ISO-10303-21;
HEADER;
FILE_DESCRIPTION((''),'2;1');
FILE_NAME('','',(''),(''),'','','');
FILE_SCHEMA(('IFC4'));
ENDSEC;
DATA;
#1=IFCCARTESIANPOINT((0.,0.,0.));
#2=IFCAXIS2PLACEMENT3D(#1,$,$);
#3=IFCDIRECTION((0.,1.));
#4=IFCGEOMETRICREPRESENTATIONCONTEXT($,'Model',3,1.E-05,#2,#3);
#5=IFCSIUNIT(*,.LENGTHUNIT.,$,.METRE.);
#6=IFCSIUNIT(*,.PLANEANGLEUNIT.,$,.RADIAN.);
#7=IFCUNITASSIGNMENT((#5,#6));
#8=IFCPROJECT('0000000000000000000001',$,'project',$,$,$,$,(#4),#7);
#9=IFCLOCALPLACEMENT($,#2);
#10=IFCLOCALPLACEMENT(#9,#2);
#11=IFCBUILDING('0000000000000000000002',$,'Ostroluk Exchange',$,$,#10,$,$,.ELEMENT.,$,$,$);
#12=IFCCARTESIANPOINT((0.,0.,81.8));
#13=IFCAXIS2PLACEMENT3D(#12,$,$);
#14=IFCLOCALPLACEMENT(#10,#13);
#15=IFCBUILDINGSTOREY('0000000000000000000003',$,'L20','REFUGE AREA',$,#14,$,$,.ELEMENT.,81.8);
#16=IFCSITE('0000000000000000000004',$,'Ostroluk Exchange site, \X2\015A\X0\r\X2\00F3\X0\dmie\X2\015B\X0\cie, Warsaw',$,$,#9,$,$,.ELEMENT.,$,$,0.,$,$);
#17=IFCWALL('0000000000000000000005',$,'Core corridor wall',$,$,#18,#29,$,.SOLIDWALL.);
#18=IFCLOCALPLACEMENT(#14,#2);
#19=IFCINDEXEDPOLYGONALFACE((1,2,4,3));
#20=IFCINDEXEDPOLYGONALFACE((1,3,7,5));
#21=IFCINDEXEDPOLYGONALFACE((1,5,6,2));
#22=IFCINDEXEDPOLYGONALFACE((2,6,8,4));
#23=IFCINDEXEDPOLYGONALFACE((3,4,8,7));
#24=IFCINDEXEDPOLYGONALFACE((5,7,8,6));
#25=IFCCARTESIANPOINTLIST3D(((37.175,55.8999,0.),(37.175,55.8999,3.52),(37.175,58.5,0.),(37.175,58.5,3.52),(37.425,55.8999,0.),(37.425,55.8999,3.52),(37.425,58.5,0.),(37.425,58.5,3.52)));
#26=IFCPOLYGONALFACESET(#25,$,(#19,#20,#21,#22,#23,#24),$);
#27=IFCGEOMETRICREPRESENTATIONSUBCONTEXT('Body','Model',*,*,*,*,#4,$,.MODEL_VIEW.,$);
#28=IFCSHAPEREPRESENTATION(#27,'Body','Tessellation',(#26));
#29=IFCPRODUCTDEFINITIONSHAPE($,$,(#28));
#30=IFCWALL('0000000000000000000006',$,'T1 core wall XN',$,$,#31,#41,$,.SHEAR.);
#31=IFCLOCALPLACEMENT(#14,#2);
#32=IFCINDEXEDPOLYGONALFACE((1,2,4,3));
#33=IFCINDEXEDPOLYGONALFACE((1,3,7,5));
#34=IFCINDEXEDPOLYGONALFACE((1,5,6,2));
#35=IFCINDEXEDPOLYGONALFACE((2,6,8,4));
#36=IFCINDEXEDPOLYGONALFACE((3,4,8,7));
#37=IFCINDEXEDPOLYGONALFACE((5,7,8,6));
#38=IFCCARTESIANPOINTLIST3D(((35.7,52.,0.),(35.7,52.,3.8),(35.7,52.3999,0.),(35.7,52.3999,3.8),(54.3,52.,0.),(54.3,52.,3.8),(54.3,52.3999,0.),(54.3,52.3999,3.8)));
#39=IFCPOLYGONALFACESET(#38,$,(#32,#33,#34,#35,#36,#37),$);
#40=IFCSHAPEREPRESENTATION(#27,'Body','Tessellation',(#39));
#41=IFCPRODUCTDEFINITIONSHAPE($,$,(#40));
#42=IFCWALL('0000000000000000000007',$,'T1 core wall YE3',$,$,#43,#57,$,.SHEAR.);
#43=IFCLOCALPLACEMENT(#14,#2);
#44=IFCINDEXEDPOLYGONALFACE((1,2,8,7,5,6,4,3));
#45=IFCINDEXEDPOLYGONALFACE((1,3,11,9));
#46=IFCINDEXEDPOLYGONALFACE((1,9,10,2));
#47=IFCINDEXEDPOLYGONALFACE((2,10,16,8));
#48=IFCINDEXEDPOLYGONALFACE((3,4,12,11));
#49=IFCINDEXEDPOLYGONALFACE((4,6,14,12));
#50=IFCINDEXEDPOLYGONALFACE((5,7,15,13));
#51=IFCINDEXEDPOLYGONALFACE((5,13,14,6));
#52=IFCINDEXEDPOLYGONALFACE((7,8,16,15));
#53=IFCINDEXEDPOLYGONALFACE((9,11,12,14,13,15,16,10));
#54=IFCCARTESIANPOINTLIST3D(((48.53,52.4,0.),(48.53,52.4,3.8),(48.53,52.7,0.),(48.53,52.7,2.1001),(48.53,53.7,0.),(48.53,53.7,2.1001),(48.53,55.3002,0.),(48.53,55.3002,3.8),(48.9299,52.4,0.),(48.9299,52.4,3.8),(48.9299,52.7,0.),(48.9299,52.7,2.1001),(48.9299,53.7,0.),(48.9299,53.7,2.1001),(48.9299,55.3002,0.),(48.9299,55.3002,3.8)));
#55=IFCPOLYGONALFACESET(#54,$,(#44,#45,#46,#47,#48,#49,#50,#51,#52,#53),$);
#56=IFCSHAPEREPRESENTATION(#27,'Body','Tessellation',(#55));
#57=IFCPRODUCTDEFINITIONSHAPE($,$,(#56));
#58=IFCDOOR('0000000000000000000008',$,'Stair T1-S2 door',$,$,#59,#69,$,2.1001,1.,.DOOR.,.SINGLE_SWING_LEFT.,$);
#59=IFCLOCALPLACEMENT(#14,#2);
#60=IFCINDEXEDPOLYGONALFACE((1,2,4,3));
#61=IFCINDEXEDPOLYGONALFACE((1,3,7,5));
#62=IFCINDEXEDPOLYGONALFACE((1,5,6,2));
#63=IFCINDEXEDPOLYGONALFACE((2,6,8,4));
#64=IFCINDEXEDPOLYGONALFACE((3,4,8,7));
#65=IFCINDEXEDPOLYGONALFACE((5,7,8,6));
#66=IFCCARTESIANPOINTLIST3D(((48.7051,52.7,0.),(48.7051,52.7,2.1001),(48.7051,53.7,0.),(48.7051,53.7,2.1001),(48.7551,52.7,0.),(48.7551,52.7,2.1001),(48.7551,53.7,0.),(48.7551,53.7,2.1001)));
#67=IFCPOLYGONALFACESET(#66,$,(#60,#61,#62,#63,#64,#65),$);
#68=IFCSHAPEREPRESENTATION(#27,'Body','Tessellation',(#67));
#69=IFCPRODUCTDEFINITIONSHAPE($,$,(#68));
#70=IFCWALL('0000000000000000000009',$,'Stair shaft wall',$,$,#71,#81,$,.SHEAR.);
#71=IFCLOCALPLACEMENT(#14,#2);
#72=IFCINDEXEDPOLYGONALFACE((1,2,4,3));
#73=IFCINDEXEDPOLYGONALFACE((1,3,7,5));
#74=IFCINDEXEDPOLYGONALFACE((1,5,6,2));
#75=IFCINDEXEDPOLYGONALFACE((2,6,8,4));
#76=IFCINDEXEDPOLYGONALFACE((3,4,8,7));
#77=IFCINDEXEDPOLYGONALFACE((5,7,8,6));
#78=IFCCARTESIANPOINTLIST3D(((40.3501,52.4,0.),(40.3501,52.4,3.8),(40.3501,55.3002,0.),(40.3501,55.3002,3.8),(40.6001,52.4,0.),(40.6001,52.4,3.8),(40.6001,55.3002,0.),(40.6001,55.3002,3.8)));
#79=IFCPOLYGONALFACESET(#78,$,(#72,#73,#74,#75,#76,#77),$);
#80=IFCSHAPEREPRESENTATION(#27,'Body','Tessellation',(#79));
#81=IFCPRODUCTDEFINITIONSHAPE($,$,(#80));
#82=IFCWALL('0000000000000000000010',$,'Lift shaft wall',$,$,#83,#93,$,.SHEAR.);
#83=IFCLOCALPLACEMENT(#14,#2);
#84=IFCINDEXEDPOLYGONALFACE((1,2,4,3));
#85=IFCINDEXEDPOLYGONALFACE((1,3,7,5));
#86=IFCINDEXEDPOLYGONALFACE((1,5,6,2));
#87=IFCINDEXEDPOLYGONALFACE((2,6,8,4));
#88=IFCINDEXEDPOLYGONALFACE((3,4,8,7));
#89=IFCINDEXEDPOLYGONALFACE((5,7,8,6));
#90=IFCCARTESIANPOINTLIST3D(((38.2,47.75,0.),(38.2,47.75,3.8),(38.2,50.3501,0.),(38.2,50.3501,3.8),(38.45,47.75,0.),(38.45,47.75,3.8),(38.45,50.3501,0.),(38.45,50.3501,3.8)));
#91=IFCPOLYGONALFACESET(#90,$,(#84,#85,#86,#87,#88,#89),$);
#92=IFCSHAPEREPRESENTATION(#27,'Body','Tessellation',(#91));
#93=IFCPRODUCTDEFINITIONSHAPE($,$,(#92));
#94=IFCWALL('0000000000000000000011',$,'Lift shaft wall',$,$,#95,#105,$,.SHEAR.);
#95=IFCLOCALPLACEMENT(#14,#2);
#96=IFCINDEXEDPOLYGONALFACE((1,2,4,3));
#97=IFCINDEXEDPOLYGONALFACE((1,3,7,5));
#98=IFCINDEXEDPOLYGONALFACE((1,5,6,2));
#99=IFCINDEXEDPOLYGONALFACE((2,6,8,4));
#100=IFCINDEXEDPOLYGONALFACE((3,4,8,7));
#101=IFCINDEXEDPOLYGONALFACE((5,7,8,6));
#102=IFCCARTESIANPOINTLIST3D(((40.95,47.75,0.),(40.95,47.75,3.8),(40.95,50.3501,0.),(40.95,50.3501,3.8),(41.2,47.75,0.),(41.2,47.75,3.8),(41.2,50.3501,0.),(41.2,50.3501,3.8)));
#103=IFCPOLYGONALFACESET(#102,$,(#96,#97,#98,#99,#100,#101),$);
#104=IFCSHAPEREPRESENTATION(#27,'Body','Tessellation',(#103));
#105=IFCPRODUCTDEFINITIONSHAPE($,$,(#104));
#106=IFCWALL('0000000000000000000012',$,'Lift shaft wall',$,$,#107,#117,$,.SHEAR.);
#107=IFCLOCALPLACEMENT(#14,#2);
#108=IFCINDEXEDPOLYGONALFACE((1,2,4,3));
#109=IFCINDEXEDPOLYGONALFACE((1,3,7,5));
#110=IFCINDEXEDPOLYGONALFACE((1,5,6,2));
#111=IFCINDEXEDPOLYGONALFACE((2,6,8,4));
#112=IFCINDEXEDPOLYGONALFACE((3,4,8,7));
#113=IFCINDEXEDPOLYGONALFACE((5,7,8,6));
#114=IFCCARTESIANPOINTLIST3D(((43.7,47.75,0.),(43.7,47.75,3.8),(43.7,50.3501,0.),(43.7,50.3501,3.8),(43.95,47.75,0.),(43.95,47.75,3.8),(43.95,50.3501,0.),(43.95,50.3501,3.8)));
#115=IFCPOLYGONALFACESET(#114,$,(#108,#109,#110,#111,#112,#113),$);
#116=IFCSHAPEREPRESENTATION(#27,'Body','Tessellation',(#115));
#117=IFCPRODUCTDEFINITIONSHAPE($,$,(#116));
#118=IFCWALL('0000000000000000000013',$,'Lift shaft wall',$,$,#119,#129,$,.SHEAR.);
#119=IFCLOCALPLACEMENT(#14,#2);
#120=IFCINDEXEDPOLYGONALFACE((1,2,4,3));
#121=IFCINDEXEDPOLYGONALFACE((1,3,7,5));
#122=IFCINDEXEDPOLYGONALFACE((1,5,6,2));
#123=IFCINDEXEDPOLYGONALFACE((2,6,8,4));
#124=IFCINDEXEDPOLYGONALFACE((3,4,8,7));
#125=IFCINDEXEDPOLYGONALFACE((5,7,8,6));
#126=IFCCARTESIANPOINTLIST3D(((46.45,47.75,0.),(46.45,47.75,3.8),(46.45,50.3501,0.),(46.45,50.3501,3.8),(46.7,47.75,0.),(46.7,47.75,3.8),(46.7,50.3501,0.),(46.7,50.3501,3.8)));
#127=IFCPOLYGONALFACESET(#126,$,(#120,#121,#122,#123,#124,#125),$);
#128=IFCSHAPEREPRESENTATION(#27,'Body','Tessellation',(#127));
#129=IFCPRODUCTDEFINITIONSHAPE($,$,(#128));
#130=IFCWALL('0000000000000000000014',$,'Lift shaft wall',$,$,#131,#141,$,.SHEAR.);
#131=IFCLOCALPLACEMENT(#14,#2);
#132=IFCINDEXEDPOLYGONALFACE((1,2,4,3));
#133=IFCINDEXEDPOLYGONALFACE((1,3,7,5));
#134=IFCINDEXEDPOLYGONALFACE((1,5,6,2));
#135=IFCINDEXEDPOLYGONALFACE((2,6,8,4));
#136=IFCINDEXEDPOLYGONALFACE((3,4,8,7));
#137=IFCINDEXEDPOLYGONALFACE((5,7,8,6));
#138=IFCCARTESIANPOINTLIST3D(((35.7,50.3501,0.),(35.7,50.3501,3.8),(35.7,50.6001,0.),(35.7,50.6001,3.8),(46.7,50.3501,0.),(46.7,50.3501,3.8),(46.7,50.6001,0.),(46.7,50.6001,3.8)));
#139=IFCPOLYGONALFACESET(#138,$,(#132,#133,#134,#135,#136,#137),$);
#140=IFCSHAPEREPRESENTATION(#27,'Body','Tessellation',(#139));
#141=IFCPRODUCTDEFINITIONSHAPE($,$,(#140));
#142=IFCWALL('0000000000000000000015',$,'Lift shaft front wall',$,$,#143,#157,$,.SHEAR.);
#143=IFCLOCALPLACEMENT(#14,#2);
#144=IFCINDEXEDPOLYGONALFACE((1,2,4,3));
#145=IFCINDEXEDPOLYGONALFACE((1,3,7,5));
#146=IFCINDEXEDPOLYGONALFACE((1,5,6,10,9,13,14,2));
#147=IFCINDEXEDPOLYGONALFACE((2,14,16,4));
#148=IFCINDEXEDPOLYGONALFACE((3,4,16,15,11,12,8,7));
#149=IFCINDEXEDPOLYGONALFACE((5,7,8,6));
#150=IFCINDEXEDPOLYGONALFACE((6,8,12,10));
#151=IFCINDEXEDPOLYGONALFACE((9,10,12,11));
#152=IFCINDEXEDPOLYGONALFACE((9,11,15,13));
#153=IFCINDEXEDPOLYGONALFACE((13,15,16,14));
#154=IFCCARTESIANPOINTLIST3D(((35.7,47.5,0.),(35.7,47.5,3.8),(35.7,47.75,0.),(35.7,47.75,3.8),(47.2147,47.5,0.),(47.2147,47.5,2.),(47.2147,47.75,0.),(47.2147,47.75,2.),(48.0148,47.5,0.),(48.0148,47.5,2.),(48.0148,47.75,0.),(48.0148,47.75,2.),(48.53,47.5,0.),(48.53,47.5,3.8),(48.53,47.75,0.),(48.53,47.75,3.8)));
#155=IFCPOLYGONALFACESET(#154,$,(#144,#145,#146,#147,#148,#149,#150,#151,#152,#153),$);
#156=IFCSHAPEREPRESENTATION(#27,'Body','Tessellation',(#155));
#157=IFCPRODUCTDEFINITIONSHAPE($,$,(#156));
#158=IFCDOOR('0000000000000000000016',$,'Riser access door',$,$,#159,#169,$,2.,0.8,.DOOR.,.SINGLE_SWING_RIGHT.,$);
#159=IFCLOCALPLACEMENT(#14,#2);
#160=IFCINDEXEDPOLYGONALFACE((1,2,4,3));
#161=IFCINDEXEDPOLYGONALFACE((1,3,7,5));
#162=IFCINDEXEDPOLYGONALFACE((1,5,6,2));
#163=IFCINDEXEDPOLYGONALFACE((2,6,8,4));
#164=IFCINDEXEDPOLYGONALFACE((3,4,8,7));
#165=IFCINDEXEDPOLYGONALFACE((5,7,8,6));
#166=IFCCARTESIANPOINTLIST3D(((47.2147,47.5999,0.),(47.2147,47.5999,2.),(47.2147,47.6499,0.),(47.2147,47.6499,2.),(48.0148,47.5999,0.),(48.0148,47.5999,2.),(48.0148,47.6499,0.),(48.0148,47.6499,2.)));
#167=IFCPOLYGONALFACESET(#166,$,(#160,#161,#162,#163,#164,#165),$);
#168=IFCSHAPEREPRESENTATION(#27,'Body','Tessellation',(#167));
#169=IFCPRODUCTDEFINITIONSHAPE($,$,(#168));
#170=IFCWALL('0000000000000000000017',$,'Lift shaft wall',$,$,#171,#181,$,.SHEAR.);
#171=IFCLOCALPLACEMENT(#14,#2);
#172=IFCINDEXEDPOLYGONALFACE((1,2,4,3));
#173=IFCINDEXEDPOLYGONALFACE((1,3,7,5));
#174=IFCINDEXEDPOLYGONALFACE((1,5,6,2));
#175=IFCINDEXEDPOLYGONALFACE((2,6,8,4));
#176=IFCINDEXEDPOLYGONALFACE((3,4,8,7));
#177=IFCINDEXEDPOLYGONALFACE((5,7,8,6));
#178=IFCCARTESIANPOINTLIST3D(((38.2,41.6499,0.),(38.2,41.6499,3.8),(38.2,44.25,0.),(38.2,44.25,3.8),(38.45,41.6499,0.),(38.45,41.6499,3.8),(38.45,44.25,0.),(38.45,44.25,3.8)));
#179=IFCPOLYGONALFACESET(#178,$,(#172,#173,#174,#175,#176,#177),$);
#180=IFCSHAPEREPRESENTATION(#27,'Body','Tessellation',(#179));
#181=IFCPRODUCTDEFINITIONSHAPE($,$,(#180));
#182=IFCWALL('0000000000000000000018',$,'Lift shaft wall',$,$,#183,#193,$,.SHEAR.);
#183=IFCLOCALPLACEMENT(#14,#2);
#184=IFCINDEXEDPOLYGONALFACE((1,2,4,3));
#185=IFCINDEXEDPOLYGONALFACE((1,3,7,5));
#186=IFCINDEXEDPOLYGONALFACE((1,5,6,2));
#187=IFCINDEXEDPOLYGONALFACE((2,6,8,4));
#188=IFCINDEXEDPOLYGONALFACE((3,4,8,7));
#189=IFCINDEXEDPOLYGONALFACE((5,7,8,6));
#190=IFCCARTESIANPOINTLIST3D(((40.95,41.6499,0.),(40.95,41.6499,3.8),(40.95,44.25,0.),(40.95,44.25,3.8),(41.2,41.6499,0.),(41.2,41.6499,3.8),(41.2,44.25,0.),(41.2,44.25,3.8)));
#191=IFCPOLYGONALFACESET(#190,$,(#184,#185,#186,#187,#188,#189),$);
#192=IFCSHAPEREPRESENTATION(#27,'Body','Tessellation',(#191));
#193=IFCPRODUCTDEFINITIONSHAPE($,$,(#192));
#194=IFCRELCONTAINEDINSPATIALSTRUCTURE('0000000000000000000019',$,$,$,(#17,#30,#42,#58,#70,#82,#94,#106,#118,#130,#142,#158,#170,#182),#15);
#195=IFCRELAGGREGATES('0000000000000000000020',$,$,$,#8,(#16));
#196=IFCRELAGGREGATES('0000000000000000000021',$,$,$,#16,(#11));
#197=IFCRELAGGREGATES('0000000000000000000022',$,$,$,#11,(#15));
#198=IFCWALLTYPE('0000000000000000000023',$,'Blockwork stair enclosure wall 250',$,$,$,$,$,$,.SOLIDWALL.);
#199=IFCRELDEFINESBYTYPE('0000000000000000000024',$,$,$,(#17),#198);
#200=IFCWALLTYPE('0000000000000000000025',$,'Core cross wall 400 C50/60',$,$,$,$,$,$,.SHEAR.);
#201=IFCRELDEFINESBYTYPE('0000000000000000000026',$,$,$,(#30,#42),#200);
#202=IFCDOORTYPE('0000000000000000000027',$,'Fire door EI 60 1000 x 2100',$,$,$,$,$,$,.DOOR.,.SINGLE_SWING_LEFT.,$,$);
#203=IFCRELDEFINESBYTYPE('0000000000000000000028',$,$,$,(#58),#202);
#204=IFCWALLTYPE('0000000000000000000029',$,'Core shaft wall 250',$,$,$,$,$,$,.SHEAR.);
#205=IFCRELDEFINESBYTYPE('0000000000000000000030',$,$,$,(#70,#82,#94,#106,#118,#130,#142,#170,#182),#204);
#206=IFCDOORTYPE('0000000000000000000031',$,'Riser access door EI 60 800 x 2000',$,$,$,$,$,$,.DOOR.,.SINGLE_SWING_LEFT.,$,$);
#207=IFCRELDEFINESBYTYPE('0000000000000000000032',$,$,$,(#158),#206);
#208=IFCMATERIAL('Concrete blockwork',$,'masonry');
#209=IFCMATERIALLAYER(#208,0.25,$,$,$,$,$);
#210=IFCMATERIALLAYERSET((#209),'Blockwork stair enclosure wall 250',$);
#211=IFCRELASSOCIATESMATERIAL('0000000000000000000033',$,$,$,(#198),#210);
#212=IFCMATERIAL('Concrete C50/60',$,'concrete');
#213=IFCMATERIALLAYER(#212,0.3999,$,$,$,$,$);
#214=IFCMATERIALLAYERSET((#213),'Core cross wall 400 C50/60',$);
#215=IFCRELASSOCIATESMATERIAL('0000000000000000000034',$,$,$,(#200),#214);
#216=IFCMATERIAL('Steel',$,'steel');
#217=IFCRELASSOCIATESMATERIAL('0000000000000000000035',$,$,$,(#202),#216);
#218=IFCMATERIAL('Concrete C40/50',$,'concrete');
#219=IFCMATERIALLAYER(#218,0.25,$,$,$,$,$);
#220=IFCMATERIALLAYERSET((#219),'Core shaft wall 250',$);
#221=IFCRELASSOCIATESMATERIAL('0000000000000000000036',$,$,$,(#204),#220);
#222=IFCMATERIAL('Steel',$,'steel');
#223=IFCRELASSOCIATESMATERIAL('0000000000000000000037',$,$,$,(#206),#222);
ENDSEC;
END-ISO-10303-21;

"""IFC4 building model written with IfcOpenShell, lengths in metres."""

from ifc_helpers import new_model, si_unit, direction, frame, frame_2d, origin, place, context, subcontext, project, spatial, rectangle, extrude, material, layer, layer_set, type_object, element, fill, save


model = new_model("IFC4")

# Units and contexts
model_context = context("Model", 3, precision=1e-05, world=origin(), true_north=direction((0.0, 1.0)))
body_context = subcontext(model_context, "Body", "Model", "MODEL_VIEW")
ifc_project = project(units=[si_unit("LENGTHUNIT", "METRE"), si_unit("PLANEANGLEUNIT", "RADIAN")], contexts=[model_context])

# Site, building, storey
site_placement = place(None, origin())
site = spatial("IfcSite", under=ifc_project, at=site_placement, Name="Ostroluk Exchange site, Śródmieście, Warsaw", CompositionType="ELEMENT", RefElevation=0.0)
building_placement = place(site_placement, origin())
building = spatial("IfcBuilding", under=site, at=building_placement, Name="Ostroluk Exchange", CompositionType="ELEMENT")
storey_placement = place(building_placement, frame((0.0, 0.0, 81.8)))
storey = spatial("IfcBuildingStorey", under=building, at=storey_placement, Name="L20", Description="REFUGE AREA", CompositionType="ELEMENT", Elevation=81.8)

# Walls
ifc_material_1 = material(Name="Concrete blockwork", Category="masonry")
ifc_layer_1 = layer(ifc_material_1, 0.25)
ifc_layer_set_1 = layer_set([ifc_layer_1], Name="Blockwork stair enclosure wall 250")
wall_type_1 = type_object("IfcWallType", Name="Blockwork stair enclosure wall 250", PredefinedType="SOLIDWALL", material=ifc_layer_set_1)
wall_1_placement = place(storey_placement, frame((37.3, 55.8999, 0.0), z_axis=(0.0, 0.0, 1.0), x_axis=(0.0, 1.0, 0.0)))
element("IfcWall", 1, at=wall_1_placement, inside=storey, type_object=wall_type_1, Name="Core corridor wall", PredefinedType="SOLIDWALL", context=body_context, shape_type="SweptSolid", body=[
    extrude(rectangle(XDim=2.6001, YDim=0.25, at=frame_2d((1.3, 0.0))), origin(), (0.0, 0.0, 1.0), 3.52),
])
ifc_material_2 = material(Name="Concrete C50/60", Category="concrete")
ifc_layer_2 = layer(ifc_material_2, 0.3999)
ifc_layer_set_2 = layer_set([ifc_layer_2], Name="Core cross wall 400 C50/60")
wall_type_2 = type_object("IfcWallType", Name="Core cross wall 400 C50/60", PredefinedType="SHEAR", material=ifc_layer_set_2)
wall_2_placement = place(storey_placement, frame((35.7, 52.2, 0.0), z_axis=(0.0, 0.0, 1.0), x_axis=(1.0, 0.0, 0.0)))
element("IfcWall", 2, at=wall_2_placement, inside=storey, type_object=wall_type_2, Name="T1 core wall XN", PredefinedType="SHEAR", context=body_context, shape_type="SweptSolid", body=[
    extrude(rectangle(XDim=18.6001, YDim=0.3999, at=frame_2d((9.3, 0.0))), origin(), (0.0, 0.0, 1.0), 3.8),
])

# Wall, opening, door
wall_3_placement = place(storey_placement, frame((48.73, 52.3999, 0.0), z_axis=(0.0, 0.0, 1.0), x_axis=(0.0, 1.0, 0.0)))
wall_3 = element("IfcWall", 3, at=wall_3_placement, inside=storey, type_object=wall_type_2, Name="T1 core wall YE3", PredefinedType="SHEAR", context=body_context, shape_type="SweptSolid", body=[
    extrude(rectangle(XDim=2.9001, YDim=0.3999, at=frame_2d((1.4502, 0.0))), origin(), (0.0, 0.0, 1.0), 3.8),
])
opening_1_placement = place(wall_3_placement, frame((0.3, 0.0, 0.0)))
opening_1 = element("IfcOpeningElement", 4, at=opening_1_placement, cuts=wall_3, PredefinedType="OPENING", context=body_context, shape_type="SweptSolid", body=[
    extrude(rectangle(XDim=1.0, YDim=2.1001, at=frame_2d((0.5, 1.05))), frame((0.0, 0.21, 0.0), z_axis=(0.0, -1.0, 0.0), x_axis=(1.0, 0.0, 0.0)), (0.0, 0.0, 1.0), 0.4199),
])
ifc_material_3 = material(Name="Steel", Category="steel")
door_type_1 = type_object("IfcDoorType", Name="Fire door EI 60 1000 x 2100", OperationType="SINGLE_SWING_LEFT", PredefinedType="DOOR", material=ifc_material_3)
door_1_placement = place(opening_1_placement, origin())
door_1 = element("IfcDoor", 5, at=door_1_placement, inside=storey, type_object=door_type_1, Name="Stair T1-S2 door", OperationType="SINGLE_SWING_LEFT", OverallHeight=2.1001, OverallWidth=1.0, PredefinedType="DOOR", context=body_context, shape_type="SweptSolid", body=[
    extrude(rectangle(XDim=1.0, YDim=2.1001, at=frame_2d((0.5, 1.05))), frame((0.0, 0.0249, 0.0), z_axis=(0.0, -1.0, 0.0), x_axis=(1.0, 0.0, 0.0)), (0.0, 0.0, 1.0), 0.05),
])
fill(opening_1, door_1)

# Walls
ifc_material_4 = material(Name="Concrete C40/50", Category="concrete")
ifc_layer_3 = layer(ifc_material_4, 0.25)
ifc_layer_set_3 = layer_set([ifc_layer_3], Name="Core shaft wall 250")
wall_type_3 = type_object("IfcWallType", Name="Core shaft wall 250", PredefinedType="SHEAR", material=ifc_layer_set_3)
wall_4_placement = place(storey_placement, frame((40.4751, 52.3999, 0.0), z_axis=(0.0, 0.0, 1.0), x_axis=(0.0, 1.0, 0.0)))
element("IfcWall", 6, at=wall_4_placement, inside=storey, type_object=wall_type_3, Name="Stair shaft wall", PredefinedType="SHEAR", context=body_context, shape_type="SweptSolid", body=[
    extrude(rectangle(XDim=2.9001, YDim=0.25, at=frame_2d((1.4502, 0.0))), origin(), (0.0, 0.0, 1.0), 3.8),
])
for number, where, z_axis, x_axis, name in (
    (7, (38.325, 47.75, 0.0), (0.0, 0.0, 1.0), (0.0, 1.0, 0.0), "Lift shaft wall"),
    (8, (41.075, 47.75, 0.0), (0.0, 0.0, 1.0), (0.0, 1.0, 0.0), "Lift shaft wall"),
    (9, (43.825, 47.75, 0.0), (0.0, 0.0, 1.0), (0.0, 1.0, 0.0), "Lift shaft wall"),
    (10, (46.575, 47.75, 0.0), (0.0, 0.0, 1.0), (0.0, 1.0, 0.0), "Lift shaft wall"),
):
    element("IfcWall", number, at=place(storey_placement, frame(where, z_axis=z_axis, x_axis=x_axis)), inside=storey, type_object=wall_type_3, Name=name, PredefinedType="SHEAR", context=body_context, shape_type="SweptSolid", body=[
        extrude(rectangle(XDim=2.6001, YDim=0.25, at=frame_2d((1.3, 0.0))), origin(), (0.0, 0.0, 1.0), 3.8),
    ])
wall_5_placement = place(storey_placement, frame((35.7, 50.4751, 0.0), z_axis=(0.0, 0.0, 1.0), x_axis=(1.0, 0.0, 0.0)))
element("IfcWall", 11, at=wall_5_placement, inside=storey, type_object=wall_type_3, Name="Lift shaft wall", PredefinedType="SHEAR", context=body_context, shape_type="SweptSolid", body=[
    extrude(rectangle(XDim=11.0, YDim=0.25, at=frame_2d((5.5, 0.0))), origin(), (0.0, 0.0, 1.0), 3.8),
])

# Wall, opening, door
wall_6_placement = place(storey_placement, frame((35.7, 47.625, 0.0), z_axis=(0.0, 0.0, 1.0), x_axis=(1.0, 0.0, 0.0)))
wall_6 = element("IfcWall", 12, at=wall_6_placement, inside=storey, type_object=wall_type_3, Name="Lift shaft front wall", PredefinedType="SHEAR", context=body_context, shape_type="SweptSolid", body=[
    extrude(rectangle(XDim=12.8301, YDim=0.25, at=frame_2d((6.415, 0.0))), origin(), (0.0, 0.0, 1.0), 3.8),
])
opening_2_placement = place(wall_6_placement, frame((11.5149, 0.0, 0.0)))
opening_2 = element("IfcOpeningElement", 13, at=opening_2_placement, cuts=wall_6, PredefinedType="OPENING", context=body_context, shape_type="SweptSolid", body=[
    extrude(rectangle(XDim=0.8, YDim=2.0, at=frame_2d((0.3999, 1.0))), frame((0.0, 0.135, 0.0), z_axis=(0.0, -1.0, 0.0), x_axis=(1.0, 0.0, 0.0)), (0.0, 0.0, 1.0), 0.27),
])
ifc_material_5 = material(Name="Steel", Category="steel")
door_type_2 = type_object("IfcDoorType", Name="Riser access door EI 60 800 x 2000", OperationType="SINGLE_SWING_LEFT", PredefinedType="DOOR", material=ifc_material_5)
door_2_placement = place(opening_2_placement, origin())
door_2 = element("IfcDoor", 14, at=door_2_placement, inside=storey, type_object=door_type_2, Name="Riser access door", OperationType="SINGLE_SWING_RIGHT", OverallHeight=2.0, OverallWidth=0.8, PredefinedType="DOOR", context=body_context, shape_type="SweptSolid", body=[
    extrude(rectangle(XDim=0.8, YDim=2.0, at=frame_2d((0.3999, 1.0))), frame((0.0, 0.0249, 0.0), z_axis=(0.0, -1.0, 0.0), x_axis=(1.0, 0.0, 0.0)), (0.0, 0.0, 1.0), 0.05),
])
fill(opening_2, door_2)

# Walls
for number, where, z_axis, x_axis, name in (
    (15, (38.325, 44.25, 0.0), (0.0, 0.0, 1.0), (0.0, -1.0, 0.0), "Lift shaft wall"),
    (16, (41.075, 44.25, 0.0), (0.0, 0.0, 1.0), (0.0, -1.0, 0.0), "Lift shaft wall"),
):
    element("IfcWall", number, at=place(storey_placement, frame(where, z_axis=z_axis, x_axis=x_axis)), inside=storey, type_object=wall_type_3, Name=name, PredefinedType="SHEAR", context=body_context, shape_type="SweptSolid", body=[
        extrude(rectangle(XDim=2.6001, YDim=0.25, at=frame_2d((1.3, 0.0))), origin(), (0.0, 0.0, 1.0), 3.8),
    ])

save(model, "model.ifc")
